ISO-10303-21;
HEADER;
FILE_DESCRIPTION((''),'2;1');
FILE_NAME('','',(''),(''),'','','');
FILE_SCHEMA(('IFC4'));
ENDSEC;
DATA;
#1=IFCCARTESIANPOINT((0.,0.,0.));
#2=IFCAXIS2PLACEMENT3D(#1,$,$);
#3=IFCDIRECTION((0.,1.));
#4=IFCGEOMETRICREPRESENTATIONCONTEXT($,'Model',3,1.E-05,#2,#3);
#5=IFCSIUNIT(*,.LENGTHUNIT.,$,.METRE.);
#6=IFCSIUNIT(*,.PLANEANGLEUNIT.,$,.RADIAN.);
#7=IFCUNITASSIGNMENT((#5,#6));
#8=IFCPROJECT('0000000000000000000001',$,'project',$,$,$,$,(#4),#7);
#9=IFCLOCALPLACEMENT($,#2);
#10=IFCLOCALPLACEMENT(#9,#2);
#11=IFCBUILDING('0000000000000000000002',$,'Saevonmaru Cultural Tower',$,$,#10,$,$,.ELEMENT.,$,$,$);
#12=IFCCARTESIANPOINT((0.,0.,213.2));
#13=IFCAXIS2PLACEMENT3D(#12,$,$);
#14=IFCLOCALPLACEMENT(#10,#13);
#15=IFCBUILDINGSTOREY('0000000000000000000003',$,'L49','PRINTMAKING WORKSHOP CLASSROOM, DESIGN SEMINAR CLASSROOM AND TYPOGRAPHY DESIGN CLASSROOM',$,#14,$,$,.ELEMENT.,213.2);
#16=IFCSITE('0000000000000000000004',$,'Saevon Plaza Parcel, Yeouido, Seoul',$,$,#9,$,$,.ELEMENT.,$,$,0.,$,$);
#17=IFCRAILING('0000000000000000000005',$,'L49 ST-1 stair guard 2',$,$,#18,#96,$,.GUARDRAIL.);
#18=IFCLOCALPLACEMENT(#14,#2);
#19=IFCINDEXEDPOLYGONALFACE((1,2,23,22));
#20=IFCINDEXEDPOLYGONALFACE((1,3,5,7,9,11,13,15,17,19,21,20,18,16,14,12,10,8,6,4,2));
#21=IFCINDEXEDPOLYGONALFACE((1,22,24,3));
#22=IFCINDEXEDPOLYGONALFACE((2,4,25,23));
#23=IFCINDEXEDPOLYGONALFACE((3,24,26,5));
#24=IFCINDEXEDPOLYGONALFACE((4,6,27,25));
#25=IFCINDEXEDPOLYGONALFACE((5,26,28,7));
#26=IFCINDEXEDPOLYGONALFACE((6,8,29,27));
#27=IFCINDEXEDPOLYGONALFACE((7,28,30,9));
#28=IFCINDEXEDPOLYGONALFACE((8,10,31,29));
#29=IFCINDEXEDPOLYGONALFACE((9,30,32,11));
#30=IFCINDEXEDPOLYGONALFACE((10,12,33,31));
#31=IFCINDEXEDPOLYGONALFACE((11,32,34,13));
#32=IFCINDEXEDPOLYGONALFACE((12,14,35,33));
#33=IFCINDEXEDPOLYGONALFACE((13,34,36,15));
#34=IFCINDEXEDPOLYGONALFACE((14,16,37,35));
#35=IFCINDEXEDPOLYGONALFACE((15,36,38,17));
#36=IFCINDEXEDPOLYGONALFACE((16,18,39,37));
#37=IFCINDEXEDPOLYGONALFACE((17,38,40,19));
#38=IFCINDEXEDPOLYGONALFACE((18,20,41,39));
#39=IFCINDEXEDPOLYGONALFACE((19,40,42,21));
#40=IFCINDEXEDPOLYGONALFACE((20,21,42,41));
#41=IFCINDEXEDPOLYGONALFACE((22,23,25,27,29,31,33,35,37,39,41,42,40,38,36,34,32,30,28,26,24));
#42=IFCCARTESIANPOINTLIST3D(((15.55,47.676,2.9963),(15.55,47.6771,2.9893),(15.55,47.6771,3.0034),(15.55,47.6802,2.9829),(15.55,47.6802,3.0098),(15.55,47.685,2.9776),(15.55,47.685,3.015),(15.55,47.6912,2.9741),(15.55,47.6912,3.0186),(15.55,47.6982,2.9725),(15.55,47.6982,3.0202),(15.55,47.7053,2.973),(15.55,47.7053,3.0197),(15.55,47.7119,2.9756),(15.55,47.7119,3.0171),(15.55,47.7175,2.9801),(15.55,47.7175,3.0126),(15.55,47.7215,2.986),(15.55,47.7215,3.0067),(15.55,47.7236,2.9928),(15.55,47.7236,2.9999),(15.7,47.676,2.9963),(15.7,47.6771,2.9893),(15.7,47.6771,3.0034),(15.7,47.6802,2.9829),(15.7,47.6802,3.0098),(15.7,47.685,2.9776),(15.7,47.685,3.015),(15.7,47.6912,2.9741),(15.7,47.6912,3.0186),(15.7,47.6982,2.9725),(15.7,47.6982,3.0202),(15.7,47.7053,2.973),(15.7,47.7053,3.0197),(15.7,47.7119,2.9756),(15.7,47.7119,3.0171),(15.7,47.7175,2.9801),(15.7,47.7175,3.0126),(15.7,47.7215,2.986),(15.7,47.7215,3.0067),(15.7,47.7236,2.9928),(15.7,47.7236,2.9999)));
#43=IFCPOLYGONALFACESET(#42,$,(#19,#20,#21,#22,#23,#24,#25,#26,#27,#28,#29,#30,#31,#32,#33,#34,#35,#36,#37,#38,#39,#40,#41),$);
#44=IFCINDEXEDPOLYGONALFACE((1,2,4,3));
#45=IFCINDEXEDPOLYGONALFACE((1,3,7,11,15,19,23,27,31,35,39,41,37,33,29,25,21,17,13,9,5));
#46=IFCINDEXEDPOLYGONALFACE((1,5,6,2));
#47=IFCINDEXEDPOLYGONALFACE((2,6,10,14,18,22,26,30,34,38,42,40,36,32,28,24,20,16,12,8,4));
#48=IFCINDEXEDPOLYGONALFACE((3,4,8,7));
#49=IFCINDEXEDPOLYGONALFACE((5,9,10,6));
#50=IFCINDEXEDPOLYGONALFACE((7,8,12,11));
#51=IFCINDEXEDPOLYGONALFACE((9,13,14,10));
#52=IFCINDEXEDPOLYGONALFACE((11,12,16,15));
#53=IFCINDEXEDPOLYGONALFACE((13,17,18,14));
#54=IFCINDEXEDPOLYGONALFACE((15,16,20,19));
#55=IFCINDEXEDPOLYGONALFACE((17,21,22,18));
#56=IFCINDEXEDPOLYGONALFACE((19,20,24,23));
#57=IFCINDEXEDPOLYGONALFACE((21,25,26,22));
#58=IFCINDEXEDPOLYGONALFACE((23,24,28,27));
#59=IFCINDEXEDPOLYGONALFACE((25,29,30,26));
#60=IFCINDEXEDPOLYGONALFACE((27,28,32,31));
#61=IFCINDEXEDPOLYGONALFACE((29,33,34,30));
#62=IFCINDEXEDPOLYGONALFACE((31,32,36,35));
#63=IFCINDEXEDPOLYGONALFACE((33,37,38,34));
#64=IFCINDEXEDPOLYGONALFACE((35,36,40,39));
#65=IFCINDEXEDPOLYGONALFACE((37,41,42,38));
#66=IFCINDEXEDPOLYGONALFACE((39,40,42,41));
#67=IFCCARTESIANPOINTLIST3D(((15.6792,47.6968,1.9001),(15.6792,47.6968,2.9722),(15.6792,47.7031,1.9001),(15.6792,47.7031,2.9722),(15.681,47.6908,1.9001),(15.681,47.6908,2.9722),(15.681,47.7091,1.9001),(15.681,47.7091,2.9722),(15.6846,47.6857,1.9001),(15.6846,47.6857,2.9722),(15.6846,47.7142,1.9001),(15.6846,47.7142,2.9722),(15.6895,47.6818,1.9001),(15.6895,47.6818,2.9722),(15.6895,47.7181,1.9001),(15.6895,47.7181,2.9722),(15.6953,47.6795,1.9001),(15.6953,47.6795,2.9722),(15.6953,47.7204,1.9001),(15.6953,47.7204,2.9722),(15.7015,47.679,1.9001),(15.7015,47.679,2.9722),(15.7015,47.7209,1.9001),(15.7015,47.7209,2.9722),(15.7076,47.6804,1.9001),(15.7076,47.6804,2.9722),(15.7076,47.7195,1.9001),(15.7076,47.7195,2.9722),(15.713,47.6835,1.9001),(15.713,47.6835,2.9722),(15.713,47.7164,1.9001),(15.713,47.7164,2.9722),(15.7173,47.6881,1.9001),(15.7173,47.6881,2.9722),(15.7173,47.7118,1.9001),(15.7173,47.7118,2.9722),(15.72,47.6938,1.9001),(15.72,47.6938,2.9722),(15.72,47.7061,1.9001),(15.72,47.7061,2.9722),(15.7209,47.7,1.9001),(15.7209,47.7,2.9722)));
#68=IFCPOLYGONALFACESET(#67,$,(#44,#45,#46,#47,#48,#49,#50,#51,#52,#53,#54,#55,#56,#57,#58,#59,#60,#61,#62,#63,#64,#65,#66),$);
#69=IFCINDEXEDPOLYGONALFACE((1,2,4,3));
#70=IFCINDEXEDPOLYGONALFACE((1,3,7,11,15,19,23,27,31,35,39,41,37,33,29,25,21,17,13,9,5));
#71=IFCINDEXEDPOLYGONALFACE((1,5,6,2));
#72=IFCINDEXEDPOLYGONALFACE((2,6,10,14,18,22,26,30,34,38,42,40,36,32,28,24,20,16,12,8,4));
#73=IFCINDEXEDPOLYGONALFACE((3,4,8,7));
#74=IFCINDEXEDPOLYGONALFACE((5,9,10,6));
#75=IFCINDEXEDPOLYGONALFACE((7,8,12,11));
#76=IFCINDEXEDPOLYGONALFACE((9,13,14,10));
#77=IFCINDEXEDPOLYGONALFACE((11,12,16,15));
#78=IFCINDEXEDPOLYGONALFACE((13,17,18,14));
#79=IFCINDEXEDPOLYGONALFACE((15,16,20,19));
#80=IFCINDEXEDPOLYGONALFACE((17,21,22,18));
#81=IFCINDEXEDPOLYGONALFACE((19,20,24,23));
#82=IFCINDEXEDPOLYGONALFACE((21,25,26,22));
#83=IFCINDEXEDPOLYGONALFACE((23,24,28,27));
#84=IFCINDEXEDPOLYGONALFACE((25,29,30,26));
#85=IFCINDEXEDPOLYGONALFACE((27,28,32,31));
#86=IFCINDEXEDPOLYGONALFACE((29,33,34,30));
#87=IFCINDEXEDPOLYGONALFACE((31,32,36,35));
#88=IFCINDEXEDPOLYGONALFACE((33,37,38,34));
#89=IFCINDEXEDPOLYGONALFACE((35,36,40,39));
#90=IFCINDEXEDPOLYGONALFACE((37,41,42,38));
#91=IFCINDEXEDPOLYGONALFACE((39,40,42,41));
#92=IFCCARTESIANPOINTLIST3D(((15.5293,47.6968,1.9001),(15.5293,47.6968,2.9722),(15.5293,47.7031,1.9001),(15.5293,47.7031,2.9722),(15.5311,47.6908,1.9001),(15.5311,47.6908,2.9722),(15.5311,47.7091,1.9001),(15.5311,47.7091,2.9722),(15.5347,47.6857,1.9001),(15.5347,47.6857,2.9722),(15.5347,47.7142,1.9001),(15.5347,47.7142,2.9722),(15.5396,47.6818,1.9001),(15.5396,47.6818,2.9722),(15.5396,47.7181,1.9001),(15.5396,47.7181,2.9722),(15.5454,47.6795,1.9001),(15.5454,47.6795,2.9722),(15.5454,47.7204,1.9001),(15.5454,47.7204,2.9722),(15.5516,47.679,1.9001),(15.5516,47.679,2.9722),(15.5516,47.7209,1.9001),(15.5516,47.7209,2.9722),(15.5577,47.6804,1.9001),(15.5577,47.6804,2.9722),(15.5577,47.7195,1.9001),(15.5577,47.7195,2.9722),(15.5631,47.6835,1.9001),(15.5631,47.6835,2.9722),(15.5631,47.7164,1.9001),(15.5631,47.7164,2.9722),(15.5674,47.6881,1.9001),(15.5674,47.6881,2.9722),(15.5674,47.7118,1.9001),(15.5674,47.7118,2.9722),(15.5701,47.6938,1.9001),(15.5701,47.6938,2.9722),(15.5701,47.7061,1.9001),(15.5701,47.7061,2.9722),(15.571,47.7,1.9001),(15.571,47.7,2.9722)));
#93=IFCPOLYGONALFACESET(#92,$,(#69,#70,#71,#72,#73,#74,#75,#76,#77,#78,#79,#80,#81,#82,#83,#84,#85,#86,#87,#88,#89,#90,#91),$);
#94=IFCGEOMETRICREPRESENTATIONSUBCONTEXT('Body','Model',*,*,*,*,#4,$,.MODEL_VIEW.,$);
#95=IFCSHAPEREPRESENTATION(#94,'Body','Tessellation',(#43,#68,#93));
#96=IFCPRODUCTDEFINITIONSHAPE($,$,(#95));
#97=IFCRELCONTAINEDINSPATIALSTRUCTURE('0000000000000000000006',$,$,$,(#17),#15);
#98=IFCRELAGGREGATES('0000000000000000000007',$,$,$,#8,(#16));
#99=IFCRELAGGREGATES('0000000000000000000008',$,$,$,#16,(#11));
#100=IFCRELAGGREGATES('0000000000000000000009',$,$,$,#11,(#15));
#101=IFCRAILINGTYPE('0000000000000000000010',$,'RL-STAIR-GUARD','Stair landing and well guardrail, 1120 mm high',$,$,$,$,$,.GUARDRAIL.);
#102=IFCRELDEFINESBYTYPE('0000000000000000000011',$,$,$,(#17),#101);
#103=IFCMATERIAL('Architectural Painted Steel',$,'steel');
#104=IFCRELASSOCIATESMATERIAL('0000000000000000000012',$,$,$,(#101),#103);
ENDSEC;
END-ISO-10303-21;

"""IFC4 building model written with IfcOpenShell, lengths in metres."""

from ifc_helpers import new_model, si_unit, direction, frame, origin, origin_2d, place, context, subcontext, project, spatial, circle, extrude, material, type_object, element, save


model = new_model("IFC4")

# Units and contexts
model_context = context("Model", 3, precision=1e-05, world=origin(), true_north=direction((0.0, 1.0)))
body_context = subcontext(model_context, "Body", "Model", "MODEL_VIEW")
ifc_project = project(units=[si_unit("LENGTHUNIT", "METRE"), si_unit("PLANEANGLEUNIT", "RADIAN")], contexts=[model_context])

# Site, building, storey
site_placement = place(None, origin())
site = spatial("IfcSite", under=ifc_project, at=site_placement, Name="Saevon Plaza Parcel, Yeouido, Seoul", CompositionType="ELEMENT", RefElevation=0.0)
building_placement = place(site_placement, origin())
building = spatial("IfcBuilding", under=site, at=building_placement, Name="Saevonmaru Cultural Tower", CompositionType="ELEMENT")
storey_placement = place(building_placement, frame((0.0, 0.0, 213.2)))
storey = spatial("IfcBuildingStorey", under=building, at=storey_placement, Name="L49", Description="PRINTMAKING WORKSHOP CLASSROOM, DESIGN SEMINAR CLASSROOM AND TYPOGRAPHY DESIGN CLASSROOM", CompositionType="ELEMENT", Elevation=213.2)

# Railing
ifc_material_1 = material(Name="Architectural Painted Steel", Category="steel")
railing_type_1 = type_object("IfcRailingType", Name="RL-STAIR-GUARD", Description="Stair landing and well guardrail, 1120 mm high", PredefinedType="GUARDRAIL", material=ifc_material_1)
railing_1_placement = place(storey_placement, frame((15.7, 47.7, 1.9001)))
element("IfcRailing", 1, at=railing_1_placement, inside=storey, type_object=railing_type_1, Name="L49 ST-1 stair guard 2", PredefinedType="GUARDRAIL", context=body_context, shape_type="SweptSolid", body=[
    extrude(circle(Radius=0.0239, at=origin_2d()), frame((0.0, 0.0, 1.0962), z_axis=(-1.0, 0.0, 0.0), x_axis=(0.0, -1.0, 0.0)), (0.0, 0.0, 1.0), 0.1499),
    extrude(circle(Radius=0.021, at=origin_2d()), origin(), (0.0, 0.0, 1.0), 1.072),
    extrude(circle(Radius=0.021, at=origin_2d()), frame((-0.1499, 0.0, 0.0)), (0.0, 0.0, 1.0), 1.072),
])

save(model, "model.ifc")
